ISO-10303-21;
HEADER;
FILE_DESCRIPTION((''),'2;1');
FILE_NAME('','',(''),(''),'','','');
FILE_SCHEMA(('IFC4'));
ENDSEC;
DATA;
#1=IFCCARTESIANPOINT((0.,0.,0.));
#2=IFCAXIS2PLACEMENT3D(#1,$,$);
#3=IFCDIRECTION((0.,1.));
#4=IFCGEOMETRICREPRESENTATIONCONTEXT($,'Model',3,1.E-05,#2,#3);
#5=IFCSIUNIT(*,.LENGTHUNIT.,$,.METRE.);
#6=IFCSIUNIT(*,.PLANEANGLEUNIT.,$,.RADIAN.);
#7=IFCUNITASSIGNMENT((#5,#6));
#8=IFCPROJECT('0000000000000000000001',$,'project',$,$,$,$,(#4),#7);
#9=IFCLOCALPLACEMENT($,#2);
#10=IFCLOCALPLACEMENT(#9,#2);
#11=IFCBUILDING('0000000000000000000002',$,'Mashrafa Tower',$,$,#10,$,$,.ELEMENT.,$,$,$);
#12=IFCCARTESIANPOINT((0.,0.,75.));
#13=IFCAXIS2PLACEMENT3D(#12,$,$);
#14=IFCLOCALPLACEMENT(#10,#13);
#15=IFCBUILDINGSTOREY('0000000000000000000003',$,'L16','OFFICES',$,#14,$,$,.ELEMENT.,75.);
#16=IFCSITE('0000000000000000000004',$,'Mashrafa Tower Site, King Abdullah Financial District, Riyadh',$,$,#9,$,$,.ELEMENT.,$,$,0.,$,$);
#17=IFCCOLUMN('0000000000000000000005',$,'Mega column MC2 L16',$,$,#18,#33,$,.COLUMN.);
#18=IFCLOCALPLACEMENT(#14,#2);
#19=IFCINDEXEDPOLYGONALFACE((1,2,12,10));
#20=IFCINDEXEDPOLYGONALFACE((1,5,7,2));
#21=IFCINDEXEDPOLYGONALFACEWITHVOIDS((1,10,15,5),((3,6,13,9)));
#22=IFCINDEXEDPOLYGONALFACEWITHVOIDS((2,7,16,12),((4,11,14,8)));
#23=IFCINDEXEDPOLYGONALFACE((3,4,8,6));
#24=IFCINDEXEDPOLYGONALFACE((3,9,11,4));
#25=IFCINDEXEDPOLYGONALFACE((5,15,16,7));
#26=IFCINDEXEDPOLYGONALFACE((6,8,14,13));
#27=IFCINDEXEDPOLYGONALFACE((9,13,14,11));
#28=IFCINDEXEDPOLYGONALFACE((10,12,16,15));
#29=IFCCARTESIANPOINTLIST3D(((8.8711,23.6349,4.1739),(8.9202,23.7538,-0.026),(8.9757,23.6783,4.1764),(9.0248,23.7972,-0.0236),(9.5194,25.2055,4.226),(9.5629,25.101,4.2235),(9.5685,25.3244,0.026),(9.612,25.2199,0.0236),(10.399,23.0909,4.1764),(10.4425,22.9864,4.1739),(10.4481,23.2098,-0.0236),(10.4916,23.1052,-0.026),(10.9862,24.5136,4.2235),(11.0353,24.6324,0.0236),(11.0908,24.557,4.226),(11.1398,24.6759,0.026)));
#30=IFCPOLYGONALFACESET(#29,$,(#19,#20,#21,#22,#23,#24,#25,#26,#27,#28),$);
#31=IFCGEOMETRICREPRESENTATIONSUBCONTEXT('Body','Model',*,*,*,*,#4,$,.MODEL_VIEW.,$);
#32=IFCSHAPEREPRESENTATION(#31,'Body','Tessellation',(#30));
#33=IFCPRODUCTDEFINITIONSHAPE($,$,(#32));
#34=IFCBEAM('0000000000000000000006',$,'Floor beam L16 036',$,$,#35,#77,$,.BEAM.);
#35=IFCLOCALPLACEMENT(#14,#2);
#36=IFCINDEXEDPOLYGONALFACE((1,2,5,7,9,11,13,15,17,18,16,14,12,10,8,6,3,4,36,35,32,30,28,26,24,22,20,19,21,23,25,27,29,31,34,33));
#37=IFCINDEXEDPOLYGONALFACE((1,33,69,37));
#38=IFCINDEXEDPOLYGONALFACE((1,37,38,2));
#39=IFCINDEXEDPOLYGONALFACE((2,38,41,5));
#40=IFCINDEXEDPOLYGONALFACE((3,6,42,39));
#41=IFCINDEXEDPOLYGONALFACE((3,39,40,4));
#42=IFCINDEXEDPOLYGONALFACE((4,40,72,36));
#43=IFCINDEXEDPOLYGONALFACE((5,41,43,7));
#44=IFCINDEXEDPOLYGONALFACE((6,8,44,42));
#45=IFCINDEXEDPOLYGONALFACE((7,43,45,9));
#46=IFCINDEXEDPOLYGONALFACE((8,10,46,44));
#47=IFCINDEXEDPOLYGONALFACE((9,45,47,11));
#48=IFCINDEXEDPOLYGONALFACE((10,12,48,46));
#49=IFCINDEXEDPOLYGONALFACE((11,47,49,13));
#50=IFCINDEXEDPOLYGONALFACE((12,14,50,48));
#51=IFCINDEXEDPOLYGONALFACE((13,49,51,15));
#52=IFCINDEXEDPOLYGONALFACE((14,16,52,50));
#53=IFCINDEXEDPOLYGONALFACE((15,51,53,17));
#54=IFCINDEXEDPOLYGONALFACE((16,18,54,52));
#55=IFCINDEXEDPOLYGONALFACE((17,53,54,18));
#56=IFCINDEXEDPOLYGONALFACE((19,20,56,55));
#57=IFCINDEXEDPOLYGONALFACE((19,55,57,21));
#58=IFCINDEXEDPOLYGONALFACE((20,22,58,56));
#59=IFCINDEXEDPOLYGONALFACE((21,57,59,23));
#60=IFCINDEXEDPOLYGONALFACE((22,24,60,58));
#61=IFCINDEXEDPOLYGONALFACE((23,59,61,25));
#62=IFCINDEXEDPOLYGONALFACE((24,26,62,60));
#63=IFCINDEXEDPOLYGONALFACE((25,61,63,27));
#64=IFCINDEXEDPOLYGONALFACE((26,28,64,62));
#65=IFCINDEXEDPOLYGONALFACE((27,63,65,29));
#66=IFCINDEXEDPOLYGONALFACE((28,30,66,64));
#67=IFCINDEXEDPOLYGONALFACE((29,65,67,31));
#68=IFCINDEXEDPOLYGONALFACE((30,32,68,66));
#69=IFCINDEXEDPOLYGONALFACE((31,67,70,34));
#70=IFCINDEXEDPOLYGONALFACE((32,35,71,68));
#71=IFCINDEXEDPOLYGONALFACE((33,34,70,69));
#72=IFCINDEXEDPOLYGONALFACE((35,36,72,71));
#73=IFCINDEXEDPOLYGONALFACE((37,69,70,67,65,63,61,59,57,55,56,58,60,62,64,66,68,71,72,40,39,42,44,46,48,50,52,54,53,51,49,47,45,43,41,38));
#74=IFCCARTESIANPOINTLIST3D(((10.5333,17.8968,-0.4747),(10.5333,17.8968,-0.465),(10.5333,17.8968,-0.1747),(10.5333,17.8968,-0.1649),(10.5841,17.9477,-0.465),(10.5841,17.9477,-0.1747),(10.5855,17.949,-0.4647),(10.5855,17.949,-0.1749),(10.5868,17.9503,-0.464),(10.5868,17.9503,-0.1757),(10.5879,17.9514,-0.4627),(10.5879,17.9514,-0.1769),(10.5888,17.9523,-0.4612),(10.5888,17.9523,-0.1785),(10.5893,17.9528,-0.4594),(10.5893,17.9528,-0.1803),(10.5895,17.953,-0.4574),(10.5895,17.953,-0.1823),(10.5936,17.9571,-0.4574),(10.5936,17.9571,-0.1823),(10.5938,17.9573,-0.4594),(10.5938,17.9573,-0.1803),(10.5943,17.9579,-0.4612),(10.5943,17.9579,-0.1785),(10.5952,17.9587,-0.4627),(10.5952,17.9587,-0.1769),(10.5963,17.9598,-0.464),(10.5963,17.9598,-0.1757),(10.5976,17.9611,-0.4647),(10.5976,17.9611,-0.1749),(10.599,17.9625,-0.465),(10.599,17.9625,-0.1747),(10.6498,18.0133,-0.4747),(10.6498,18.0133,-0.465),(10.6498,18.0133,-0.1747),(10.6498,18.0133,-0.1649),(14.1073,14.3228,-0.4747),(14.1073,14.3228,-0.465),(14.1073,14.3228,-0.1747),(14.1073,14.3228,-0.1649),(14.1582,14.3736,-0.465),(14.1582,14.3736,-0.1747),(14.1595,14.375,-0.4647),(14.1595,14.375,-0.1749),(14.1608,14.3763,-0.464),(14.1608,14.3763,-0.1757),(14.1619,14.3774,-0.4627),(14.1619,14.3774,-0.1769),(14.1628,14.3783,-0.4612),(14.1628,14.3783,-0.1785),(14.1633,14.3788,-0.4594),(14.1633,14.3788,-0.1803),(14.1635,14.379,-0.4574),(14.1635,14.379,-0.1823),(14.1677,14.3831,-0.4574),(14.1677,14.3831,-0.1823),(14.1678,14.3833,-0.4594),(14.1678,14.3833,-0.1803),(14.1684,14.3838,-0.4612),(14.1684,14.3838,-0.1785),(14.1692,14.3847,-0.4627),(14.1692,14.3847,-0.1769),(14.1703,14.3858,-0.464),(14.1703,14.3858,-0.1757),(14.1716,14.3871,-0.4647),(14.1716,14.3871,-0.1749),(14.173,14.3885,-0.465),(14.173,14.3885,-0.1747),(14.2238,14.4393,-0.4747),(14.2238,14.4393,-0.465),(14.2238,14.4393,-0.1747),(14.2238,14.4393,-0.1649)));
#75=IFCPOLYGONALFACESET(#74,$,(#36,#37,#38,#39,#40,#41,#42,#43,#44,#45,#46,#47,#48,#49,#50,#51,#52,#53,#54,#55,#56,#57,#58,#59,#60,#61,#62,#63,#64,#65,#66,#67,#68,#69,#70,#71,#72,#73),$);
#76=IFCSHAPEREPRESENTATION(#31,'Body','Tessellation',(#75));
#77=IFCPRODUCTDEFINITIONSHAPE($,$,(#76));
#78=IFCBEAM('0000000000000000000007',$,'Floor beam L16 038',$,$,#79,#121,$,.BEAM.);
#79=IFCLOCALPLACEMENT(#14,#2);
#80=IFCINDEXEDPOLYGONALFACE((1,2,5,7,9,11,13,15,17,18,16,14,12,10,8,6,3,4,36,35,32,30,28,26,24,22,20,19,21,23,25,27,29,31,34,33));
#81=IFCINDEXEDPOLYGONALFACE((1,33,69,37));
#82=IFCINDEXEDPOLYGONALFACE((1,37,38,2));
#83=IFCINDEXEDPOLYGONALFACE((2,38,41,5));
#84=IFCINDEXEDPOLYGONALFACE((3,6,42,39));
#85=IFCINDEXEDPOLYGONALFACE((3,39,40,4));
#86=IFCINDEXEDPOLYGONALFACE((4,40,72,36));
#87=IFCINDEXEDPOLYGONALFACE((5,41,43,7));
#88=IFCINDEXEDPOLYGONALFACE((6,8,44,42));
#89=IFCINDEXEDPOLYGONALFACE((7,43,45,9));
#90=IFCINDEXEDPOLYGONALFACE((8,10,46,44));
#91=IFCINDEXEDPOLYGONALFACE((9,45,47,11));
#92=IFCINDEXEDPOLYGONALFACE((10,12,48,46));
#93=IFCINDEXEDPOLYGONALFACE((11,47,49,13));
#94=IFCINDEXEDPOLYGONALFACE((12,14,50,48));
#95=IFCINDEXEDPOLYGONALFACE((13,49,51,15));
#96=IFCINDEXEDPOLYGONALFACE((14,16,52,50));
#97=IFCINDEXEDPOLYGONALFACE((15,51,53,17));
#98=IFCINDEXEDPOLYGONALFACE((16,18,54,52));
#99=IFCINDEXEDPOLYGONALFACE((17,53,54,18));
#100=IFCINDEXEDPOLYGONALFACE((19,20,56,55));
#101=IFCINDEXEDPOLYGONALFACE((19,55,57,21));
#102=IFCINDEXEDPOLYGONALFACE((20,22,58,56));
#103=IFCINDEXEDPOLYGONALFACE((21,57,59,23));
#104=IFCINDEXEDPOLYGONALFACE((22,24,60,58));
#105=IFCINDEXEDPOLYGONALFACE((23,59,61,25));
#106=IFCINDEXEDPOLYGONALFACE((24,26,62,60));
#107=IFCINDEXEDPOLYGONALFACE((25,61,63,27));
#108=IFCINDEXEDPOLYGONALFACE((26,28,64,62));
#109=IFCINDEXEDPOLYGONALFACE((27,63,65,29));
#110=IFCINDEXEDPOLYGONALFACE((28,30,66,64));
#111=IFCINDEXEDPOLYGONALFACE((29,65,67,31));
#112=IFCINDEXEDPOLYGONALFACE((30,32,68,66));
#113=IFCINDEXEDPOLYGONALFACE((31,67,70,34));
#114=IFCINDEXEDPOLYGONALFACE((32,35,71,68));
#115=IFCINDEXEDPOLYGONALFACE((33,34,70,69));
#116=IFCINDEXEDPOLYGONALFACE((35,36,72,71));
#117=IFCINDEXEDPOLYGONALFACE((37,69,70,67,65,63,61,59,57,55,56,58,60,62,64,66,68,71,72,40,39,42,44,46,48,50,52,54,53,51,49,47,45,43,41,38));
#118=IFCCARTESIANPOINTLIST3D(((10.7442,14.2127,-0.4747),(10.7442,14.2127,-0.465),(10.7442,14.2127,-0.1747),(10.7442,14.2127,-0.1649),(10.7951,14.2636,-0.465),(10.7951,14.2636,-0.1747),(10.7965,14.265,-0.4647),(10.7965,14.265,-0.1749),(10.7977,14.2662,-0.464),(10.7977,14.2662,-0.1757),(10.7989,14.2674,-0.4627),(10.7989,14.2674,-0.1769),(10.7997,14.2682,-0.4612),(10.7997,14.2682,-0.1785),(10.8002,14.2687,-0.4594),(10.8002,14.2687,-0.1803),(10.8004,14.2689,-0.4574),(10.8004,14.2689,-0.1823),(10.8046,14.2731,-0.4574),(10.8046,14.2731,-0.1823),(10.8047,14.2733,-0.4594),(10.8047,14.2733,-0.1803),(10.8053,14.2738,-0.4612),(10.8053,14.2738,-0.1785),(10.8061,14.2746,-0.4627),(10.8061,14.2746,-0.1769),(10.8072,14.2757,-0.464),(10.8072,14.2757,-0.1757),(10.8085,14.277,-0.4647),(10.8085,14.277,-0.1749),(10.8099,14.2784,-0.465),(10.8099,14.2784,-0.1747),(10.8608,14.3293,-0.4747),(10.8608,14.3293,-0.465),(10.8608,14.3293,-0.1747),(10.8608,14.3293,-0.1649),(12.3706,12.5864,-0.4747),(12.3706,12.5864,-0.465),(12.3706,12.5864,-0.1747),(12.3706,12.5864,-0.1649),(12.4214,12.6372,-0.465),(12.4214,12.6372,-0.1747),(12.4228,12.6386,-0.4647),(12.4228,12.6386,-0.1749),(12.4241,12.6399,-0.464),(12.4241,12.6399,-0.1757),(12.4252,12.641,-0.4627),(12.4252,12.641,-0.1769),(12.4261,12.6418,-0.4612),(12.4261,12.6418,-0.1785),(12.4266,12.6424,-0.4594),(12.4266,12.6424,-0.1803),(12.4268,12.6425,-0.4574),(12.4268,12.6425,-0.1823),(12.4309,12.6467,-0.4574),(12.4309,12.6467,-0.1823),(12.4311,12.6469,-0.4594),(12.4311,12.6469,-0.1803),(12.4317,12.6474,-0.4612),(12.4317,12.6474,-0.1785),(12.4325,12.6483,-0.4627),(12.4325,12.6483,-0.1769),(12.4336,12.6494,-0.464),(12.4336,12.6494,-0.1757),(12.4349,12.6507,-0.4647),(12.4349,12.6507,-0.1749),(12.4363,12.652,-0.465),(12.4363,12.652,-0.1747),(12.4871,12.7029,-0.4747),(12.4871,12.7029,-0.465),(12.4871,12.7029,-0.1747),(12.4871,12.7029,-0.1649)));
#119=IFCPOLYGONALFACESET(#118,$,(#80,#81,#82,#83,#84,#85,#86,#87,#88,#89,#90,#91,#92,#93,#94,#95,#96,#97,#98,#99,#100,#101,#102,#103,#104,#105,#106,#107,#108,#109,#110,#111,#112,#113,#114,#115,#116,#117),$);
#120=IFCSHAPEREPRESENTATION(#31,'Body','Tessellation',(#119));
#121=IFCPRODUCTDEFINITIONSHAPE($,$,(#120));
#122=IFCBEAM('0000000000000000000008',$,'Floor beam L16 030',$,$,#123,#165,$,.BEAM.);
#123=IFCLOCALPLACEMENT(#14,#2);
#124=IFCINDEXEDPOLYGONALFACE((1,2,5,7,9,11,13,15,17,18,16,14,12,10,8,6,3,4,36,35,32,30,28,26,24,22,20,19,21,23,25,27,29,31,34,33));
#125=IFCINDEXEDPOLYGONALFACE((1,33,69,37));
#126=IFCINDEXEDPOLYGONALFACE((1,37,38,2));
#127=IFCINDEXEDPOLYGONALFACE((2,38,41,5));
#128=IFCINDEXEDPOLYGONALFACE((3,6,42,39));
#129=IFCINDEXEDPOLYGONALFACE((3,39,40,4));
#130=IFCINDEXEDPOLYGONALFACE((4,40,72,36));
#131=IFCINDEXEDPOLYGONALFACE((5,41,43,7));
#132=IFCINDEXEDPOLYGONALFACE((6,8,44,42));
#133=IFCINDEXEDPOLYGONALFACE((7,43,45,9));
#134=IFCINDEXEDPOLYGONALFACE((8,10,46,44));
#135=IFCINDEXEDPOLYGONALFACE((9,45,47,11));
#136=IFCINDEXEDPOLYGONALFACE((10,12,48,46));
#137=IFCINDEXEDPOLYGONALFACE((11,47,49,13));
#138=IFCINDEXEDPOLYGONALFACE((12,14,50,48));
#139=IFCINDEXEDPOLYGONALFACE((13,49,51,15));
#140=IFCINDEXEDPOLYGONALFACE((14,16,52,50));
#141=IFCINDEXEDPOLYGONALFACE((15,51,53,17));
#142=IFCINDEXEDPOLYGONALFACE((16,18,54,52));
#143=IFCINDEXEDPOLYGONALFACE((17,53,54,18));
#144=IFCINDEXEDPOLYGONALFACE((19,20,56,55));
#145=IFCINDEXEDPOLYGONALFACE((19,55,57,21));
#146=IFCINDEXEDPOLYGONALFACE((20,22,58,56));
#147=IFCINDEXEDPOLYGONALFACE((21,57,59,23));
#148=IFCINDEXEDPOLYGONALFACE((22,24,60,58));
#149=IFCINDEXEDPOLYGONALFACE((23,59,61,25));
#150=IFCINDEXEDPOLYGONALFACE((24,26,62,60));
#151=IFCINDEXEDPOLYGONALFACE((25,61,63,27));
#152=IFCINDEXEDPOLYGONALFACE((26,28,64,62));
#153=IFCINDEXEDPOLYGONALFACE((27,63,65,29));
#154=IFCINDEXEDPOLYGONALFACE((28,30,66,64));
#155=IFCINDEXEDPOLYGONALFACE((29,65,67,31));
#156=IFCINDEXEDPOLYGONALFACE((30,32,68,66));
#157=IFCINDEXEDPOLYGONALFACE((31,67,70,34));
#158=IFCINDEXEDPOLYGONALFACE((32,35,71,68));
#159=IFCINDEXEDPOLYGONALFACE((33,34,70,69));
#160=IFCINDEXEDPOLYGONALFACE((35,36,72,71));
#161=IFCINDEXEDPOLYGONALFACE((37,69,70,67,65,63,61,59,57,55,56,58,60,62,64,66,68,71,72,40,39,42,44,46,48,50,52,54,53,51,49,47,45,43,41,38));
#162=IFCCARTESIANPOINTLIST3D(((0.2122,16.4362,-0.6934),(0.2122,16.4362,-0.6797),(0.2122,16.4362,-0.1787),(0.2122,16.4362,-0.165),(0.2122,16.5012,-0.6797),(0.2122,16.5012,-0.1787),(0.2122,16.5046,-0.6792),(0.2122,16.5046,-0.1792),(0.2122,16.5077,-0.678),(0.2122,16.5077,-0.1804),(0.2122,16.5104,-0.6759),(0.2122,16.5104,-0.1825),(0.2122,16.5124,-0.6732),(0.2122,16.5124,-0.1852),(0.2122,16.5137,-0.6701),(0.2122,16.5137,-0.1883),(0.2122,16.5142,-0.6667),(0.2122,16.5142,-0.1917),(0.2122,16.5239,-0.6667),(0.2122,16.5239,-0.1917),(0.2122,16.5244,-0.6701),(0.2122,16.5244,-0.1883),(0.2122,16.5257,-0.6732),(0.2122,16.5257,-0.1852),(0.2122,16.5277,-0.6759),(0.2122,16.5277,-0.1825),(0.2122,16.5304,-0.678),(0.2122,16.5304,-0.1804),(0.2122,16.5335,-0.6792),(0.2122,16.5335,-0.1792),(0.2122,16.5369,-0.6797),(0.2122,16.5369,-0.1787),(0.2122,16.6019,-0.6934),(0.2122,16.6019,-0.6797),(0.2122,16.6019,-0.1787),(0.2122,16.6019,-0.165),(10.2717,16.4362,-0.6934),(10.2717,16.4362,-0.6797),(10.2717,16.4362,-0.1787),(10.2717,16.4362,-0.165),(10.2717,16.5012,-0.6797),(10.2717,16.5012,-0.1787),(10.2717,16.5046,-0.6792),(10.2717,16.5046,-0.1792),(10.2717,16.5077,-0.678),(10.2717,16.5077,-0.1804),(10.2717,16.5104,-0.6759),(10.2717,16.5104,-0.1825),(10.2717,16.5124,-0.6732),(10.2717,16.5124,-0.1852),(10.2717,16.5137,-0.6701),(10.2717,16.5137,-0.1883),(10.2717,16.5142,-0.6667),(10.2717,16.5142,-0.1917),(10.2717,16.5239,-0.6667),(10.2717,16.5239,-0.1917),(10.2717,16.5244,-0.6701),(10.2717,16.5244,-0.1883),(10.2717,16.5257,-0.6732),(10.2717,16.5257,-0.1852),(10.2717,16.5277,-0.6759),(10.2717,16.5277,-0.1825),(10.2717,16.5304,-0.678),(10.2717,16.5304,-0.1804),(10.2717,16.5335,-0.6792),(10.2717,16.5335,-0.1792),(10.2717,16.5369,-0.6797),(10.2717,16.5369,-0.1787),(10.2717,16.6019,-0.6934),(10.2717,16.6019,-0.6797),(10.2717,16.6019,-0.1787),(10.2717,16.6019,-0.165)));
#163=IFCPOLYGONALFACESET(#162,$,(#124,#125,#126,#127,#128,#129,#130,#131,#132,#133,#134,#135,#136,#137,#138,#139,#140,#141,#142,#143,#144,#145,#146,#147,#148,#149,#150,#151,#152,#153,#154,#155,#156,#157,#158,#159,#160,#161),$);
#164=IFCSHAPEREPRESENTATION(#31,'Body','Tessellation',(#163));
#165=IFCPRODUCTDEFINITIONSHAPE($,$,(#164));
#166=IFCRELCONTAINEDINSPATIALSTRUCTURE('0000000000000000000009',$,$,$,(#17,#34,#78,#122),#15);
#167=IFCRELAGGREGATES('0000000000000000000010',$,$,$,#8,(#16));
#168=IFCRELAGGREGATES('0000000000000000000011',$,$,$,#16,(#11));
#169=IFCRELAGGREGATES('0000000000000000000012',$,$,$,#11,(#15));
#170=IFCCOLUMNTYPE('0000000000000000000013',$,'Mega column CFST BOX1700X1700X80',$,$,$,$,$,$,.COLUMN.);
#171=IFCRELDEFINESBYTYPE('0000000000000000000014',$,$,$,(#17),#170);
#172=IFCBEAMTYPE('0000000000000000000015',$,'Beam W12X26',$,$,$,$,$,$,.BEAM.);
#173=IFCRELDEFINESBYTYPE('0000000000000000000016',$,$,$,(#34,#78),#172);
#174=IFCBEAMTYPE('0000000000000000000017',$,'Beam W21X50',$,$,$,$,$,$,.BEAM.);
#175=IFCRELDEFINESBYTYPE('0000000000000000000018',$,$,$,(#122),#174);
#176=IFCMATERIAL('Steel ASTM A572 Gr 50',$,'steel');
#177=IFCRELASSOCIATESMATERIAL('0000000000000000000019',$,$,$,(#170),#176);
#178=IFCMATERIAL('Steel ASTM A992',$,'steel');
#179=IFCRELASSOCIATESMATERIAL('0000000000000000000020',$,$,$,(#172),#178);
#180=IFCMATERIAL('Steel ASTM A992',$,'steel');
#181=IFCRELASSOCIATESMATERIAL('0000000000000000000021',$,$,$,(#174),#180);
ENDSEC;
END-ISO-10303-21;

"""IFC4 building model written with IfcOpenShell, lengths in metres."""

from ifc_helpers import new_model, si_unit, direction, frame, origin, origin_2d, place, context, subcontext, project, spatial, hollow_rectangle, i_section, extrude, material, material_profile, profile_set, type_object, element, save


model = new_model("IFC4")

# Units and contexts
model_context = context("Model", 3, precision=1e-05, world=origin(), true_north=direction((0.0, 1.0)))
body_context = subcontext(model_context, "Body", "Model", "MODEL_VIEW")
ifc_project = project(units=[si_unit("LENGTHUNIT", "METRE"), si_unit("PLANEANGLEUNIT", "RADIAN")], contexts=[model_context])

# Site, building, storey
site_placement = place(None, origin())
site = spatial("IfcSite", under=ifc_project, at=site_placement, Name="Mashrafa Tower Site, King Abdullah Financial District, Riyadh", CompositionType="ELEMENT", RefElevation=0.0)
building_placement = place(site_placement, origin())
building = spatial("IfcBuilding", under=site, at=building_placement, Name="Mashrafa Tower", CompositionType="ELEMENT")
storey_placement = place(building_placement, frame((0.0, 0.0, 75.0)))
storey = spatial("IfcBuildingStorey", under=building, at=storey_placement, Name="L16", Description="OFFICES", CompositionType="ELEMENT", Elevation=75.0)

# Column
ifc_material_1 = material(Name="Steel ASTM A572 Gr 50", Category="steel")
ifc_material_profile_1 = material_profile(ifc_material_1, hollow_rectangle(XDim=1.7, YDim=1.7, WallThickness=0.0801, at=origin_2d()), Name="BOX1700X1700X80")
ifc_profile_set_1 = profile_set([ifc_material_profile_1], Name="Steel ASTM A572 Gr 50")
column_type = type_object("IfcColumnType", Name="Mega column CFST BOX1700X1700X80", PredefinedType="COLUMN", material=ifc_profile_set_1)
column_placement = place(storey_placement, frame((10.03, 24.2148, 0.0), z_axis=(-0.011679, -0.028296, 0.999531), x_axis=(0.924363, -0.381513, 0.0)))
element("IfcColumn", 1, at=column_placement, inside=storey, type_object=column_type, Name="Mega column MC2 L16", PredefinedType="COLUMN", context=body_context, shape_type="SweptSolid", body=[
    extrude(hollow_rectangle(XDim=1.7, YDim=1.7, WallThickness=0.0801, at=origin_2d()), origin(), (0.0, 0.0, 1.0), 4.2019),
])

# Beams
ifc_material_2 = material(Name="Steel ASTM A992", Category="steel")
ifc_material_profile_2 = material_profile(ifc_material_2, i_section(OverallWidth=0.1648, OverallDepth=0.3098, WebThickness=0.0059, FlangeThickness=0.0098, FilletRadius=0.0076, at=origin_2d()), Name="W12X26")
ifc_profile_set_2 = profile_set([ifc_material_profile_2], Name="Steel ASTM A992")
beam_type_1 = type_object("IfcBeamType", Name="Beam W12X26", PredefinedType="BEAM", material=ifc_profile_set_2)
beam_1_placement = place(storey_placement, frame((10.5916, 17.9551, -0.3198), z_axis=(0.707107, -0.707107, 0.0), x_axis=(0.707107, 0.707107, 0.0)))
element("IfcBeam", 2, at=beam_1_placement, inside=storey, type_object=beam_type_1, Name="Floor beam L16 036", PredefinedType="BEAM", context=body_context, shape_type="SweptSolid", body=[
    extrude(i_section(OverallWidth=0.1648, OverallDepth=0.3098, WebThickness=0.0059, FlangeThickness=0.0098, FilletRadius=0.0076, at=origin_2d()), origin(), (0.0, 0.0, 1.0), 5.0544),
])
beam_2_placement = place(storey_placement, frame((10.8025, 14.271, -0.3198), z_axis=(0.707107, -0.707107, 0.0), x_axis=(0.707107, 0.707107, 0.0)))
element("IfcBeam", 3, at=beam_2_placement, inside=storey, type_object=beam_type_1, Name="Floor beam L16 038", PredefinedType="BEAM", context=body_context, shape_type="SweptSolid", body=[
    extrude(i_section(OverallWidth=0.1648, OverallDepth=0.3098, WebThickness=0.0059, FlangeThickness=0.0098, FilletRadius=0.0076, at=origin_2d()), origin(), (0.0, 0.0, 1.0), 2.3),
])
ifc_material_3 = material(Name="Steel ASTM A992", Category="steel")
ifc_material_profile_3 = material_profile(ifc_material_3, i_section(OverallWidth=0.1658, OverallDepth=0.5283, WebThickness=0.0098, FlangeThickness=0.0137, FilletRadius=0.0129, at=origin_2d()), Name="W21X50")
ifc_profile_set_3 = profile_set([ifc_material_profile_3], Name="Steel ASTM A992")
beam_type_2 = type_object("IfcBeamType", Name="Beam W21X50", PredefinedType="BEAM", material=ifc_profile_set_3)
beam_3_placement = place(storey_placement, frame((0.2122, 16.519, -0.4292), z_axis=(1.0, 0.0, 0.0), x_axis=(0.0, 1.0, 0.0)))
element("IfcBeam", 4, at=beam_3_placement, inside=storey, type_object=beam_type_2, Name="Floor beam L16 030", PredefinedType="BEAM", context=body_context, shape_type="SweptSolid", body=[
    extrude(i_section(OverallWidth=0.1658, OverallDepth=0.5283, WebThickness=0.0098, FlangeThickness=0.0137, FilletRadius=0.0129, at=origin_2d()), origin(), (0.0, 0.0, 1.0), 10.0596),
])

save(model, "model.ifc")
